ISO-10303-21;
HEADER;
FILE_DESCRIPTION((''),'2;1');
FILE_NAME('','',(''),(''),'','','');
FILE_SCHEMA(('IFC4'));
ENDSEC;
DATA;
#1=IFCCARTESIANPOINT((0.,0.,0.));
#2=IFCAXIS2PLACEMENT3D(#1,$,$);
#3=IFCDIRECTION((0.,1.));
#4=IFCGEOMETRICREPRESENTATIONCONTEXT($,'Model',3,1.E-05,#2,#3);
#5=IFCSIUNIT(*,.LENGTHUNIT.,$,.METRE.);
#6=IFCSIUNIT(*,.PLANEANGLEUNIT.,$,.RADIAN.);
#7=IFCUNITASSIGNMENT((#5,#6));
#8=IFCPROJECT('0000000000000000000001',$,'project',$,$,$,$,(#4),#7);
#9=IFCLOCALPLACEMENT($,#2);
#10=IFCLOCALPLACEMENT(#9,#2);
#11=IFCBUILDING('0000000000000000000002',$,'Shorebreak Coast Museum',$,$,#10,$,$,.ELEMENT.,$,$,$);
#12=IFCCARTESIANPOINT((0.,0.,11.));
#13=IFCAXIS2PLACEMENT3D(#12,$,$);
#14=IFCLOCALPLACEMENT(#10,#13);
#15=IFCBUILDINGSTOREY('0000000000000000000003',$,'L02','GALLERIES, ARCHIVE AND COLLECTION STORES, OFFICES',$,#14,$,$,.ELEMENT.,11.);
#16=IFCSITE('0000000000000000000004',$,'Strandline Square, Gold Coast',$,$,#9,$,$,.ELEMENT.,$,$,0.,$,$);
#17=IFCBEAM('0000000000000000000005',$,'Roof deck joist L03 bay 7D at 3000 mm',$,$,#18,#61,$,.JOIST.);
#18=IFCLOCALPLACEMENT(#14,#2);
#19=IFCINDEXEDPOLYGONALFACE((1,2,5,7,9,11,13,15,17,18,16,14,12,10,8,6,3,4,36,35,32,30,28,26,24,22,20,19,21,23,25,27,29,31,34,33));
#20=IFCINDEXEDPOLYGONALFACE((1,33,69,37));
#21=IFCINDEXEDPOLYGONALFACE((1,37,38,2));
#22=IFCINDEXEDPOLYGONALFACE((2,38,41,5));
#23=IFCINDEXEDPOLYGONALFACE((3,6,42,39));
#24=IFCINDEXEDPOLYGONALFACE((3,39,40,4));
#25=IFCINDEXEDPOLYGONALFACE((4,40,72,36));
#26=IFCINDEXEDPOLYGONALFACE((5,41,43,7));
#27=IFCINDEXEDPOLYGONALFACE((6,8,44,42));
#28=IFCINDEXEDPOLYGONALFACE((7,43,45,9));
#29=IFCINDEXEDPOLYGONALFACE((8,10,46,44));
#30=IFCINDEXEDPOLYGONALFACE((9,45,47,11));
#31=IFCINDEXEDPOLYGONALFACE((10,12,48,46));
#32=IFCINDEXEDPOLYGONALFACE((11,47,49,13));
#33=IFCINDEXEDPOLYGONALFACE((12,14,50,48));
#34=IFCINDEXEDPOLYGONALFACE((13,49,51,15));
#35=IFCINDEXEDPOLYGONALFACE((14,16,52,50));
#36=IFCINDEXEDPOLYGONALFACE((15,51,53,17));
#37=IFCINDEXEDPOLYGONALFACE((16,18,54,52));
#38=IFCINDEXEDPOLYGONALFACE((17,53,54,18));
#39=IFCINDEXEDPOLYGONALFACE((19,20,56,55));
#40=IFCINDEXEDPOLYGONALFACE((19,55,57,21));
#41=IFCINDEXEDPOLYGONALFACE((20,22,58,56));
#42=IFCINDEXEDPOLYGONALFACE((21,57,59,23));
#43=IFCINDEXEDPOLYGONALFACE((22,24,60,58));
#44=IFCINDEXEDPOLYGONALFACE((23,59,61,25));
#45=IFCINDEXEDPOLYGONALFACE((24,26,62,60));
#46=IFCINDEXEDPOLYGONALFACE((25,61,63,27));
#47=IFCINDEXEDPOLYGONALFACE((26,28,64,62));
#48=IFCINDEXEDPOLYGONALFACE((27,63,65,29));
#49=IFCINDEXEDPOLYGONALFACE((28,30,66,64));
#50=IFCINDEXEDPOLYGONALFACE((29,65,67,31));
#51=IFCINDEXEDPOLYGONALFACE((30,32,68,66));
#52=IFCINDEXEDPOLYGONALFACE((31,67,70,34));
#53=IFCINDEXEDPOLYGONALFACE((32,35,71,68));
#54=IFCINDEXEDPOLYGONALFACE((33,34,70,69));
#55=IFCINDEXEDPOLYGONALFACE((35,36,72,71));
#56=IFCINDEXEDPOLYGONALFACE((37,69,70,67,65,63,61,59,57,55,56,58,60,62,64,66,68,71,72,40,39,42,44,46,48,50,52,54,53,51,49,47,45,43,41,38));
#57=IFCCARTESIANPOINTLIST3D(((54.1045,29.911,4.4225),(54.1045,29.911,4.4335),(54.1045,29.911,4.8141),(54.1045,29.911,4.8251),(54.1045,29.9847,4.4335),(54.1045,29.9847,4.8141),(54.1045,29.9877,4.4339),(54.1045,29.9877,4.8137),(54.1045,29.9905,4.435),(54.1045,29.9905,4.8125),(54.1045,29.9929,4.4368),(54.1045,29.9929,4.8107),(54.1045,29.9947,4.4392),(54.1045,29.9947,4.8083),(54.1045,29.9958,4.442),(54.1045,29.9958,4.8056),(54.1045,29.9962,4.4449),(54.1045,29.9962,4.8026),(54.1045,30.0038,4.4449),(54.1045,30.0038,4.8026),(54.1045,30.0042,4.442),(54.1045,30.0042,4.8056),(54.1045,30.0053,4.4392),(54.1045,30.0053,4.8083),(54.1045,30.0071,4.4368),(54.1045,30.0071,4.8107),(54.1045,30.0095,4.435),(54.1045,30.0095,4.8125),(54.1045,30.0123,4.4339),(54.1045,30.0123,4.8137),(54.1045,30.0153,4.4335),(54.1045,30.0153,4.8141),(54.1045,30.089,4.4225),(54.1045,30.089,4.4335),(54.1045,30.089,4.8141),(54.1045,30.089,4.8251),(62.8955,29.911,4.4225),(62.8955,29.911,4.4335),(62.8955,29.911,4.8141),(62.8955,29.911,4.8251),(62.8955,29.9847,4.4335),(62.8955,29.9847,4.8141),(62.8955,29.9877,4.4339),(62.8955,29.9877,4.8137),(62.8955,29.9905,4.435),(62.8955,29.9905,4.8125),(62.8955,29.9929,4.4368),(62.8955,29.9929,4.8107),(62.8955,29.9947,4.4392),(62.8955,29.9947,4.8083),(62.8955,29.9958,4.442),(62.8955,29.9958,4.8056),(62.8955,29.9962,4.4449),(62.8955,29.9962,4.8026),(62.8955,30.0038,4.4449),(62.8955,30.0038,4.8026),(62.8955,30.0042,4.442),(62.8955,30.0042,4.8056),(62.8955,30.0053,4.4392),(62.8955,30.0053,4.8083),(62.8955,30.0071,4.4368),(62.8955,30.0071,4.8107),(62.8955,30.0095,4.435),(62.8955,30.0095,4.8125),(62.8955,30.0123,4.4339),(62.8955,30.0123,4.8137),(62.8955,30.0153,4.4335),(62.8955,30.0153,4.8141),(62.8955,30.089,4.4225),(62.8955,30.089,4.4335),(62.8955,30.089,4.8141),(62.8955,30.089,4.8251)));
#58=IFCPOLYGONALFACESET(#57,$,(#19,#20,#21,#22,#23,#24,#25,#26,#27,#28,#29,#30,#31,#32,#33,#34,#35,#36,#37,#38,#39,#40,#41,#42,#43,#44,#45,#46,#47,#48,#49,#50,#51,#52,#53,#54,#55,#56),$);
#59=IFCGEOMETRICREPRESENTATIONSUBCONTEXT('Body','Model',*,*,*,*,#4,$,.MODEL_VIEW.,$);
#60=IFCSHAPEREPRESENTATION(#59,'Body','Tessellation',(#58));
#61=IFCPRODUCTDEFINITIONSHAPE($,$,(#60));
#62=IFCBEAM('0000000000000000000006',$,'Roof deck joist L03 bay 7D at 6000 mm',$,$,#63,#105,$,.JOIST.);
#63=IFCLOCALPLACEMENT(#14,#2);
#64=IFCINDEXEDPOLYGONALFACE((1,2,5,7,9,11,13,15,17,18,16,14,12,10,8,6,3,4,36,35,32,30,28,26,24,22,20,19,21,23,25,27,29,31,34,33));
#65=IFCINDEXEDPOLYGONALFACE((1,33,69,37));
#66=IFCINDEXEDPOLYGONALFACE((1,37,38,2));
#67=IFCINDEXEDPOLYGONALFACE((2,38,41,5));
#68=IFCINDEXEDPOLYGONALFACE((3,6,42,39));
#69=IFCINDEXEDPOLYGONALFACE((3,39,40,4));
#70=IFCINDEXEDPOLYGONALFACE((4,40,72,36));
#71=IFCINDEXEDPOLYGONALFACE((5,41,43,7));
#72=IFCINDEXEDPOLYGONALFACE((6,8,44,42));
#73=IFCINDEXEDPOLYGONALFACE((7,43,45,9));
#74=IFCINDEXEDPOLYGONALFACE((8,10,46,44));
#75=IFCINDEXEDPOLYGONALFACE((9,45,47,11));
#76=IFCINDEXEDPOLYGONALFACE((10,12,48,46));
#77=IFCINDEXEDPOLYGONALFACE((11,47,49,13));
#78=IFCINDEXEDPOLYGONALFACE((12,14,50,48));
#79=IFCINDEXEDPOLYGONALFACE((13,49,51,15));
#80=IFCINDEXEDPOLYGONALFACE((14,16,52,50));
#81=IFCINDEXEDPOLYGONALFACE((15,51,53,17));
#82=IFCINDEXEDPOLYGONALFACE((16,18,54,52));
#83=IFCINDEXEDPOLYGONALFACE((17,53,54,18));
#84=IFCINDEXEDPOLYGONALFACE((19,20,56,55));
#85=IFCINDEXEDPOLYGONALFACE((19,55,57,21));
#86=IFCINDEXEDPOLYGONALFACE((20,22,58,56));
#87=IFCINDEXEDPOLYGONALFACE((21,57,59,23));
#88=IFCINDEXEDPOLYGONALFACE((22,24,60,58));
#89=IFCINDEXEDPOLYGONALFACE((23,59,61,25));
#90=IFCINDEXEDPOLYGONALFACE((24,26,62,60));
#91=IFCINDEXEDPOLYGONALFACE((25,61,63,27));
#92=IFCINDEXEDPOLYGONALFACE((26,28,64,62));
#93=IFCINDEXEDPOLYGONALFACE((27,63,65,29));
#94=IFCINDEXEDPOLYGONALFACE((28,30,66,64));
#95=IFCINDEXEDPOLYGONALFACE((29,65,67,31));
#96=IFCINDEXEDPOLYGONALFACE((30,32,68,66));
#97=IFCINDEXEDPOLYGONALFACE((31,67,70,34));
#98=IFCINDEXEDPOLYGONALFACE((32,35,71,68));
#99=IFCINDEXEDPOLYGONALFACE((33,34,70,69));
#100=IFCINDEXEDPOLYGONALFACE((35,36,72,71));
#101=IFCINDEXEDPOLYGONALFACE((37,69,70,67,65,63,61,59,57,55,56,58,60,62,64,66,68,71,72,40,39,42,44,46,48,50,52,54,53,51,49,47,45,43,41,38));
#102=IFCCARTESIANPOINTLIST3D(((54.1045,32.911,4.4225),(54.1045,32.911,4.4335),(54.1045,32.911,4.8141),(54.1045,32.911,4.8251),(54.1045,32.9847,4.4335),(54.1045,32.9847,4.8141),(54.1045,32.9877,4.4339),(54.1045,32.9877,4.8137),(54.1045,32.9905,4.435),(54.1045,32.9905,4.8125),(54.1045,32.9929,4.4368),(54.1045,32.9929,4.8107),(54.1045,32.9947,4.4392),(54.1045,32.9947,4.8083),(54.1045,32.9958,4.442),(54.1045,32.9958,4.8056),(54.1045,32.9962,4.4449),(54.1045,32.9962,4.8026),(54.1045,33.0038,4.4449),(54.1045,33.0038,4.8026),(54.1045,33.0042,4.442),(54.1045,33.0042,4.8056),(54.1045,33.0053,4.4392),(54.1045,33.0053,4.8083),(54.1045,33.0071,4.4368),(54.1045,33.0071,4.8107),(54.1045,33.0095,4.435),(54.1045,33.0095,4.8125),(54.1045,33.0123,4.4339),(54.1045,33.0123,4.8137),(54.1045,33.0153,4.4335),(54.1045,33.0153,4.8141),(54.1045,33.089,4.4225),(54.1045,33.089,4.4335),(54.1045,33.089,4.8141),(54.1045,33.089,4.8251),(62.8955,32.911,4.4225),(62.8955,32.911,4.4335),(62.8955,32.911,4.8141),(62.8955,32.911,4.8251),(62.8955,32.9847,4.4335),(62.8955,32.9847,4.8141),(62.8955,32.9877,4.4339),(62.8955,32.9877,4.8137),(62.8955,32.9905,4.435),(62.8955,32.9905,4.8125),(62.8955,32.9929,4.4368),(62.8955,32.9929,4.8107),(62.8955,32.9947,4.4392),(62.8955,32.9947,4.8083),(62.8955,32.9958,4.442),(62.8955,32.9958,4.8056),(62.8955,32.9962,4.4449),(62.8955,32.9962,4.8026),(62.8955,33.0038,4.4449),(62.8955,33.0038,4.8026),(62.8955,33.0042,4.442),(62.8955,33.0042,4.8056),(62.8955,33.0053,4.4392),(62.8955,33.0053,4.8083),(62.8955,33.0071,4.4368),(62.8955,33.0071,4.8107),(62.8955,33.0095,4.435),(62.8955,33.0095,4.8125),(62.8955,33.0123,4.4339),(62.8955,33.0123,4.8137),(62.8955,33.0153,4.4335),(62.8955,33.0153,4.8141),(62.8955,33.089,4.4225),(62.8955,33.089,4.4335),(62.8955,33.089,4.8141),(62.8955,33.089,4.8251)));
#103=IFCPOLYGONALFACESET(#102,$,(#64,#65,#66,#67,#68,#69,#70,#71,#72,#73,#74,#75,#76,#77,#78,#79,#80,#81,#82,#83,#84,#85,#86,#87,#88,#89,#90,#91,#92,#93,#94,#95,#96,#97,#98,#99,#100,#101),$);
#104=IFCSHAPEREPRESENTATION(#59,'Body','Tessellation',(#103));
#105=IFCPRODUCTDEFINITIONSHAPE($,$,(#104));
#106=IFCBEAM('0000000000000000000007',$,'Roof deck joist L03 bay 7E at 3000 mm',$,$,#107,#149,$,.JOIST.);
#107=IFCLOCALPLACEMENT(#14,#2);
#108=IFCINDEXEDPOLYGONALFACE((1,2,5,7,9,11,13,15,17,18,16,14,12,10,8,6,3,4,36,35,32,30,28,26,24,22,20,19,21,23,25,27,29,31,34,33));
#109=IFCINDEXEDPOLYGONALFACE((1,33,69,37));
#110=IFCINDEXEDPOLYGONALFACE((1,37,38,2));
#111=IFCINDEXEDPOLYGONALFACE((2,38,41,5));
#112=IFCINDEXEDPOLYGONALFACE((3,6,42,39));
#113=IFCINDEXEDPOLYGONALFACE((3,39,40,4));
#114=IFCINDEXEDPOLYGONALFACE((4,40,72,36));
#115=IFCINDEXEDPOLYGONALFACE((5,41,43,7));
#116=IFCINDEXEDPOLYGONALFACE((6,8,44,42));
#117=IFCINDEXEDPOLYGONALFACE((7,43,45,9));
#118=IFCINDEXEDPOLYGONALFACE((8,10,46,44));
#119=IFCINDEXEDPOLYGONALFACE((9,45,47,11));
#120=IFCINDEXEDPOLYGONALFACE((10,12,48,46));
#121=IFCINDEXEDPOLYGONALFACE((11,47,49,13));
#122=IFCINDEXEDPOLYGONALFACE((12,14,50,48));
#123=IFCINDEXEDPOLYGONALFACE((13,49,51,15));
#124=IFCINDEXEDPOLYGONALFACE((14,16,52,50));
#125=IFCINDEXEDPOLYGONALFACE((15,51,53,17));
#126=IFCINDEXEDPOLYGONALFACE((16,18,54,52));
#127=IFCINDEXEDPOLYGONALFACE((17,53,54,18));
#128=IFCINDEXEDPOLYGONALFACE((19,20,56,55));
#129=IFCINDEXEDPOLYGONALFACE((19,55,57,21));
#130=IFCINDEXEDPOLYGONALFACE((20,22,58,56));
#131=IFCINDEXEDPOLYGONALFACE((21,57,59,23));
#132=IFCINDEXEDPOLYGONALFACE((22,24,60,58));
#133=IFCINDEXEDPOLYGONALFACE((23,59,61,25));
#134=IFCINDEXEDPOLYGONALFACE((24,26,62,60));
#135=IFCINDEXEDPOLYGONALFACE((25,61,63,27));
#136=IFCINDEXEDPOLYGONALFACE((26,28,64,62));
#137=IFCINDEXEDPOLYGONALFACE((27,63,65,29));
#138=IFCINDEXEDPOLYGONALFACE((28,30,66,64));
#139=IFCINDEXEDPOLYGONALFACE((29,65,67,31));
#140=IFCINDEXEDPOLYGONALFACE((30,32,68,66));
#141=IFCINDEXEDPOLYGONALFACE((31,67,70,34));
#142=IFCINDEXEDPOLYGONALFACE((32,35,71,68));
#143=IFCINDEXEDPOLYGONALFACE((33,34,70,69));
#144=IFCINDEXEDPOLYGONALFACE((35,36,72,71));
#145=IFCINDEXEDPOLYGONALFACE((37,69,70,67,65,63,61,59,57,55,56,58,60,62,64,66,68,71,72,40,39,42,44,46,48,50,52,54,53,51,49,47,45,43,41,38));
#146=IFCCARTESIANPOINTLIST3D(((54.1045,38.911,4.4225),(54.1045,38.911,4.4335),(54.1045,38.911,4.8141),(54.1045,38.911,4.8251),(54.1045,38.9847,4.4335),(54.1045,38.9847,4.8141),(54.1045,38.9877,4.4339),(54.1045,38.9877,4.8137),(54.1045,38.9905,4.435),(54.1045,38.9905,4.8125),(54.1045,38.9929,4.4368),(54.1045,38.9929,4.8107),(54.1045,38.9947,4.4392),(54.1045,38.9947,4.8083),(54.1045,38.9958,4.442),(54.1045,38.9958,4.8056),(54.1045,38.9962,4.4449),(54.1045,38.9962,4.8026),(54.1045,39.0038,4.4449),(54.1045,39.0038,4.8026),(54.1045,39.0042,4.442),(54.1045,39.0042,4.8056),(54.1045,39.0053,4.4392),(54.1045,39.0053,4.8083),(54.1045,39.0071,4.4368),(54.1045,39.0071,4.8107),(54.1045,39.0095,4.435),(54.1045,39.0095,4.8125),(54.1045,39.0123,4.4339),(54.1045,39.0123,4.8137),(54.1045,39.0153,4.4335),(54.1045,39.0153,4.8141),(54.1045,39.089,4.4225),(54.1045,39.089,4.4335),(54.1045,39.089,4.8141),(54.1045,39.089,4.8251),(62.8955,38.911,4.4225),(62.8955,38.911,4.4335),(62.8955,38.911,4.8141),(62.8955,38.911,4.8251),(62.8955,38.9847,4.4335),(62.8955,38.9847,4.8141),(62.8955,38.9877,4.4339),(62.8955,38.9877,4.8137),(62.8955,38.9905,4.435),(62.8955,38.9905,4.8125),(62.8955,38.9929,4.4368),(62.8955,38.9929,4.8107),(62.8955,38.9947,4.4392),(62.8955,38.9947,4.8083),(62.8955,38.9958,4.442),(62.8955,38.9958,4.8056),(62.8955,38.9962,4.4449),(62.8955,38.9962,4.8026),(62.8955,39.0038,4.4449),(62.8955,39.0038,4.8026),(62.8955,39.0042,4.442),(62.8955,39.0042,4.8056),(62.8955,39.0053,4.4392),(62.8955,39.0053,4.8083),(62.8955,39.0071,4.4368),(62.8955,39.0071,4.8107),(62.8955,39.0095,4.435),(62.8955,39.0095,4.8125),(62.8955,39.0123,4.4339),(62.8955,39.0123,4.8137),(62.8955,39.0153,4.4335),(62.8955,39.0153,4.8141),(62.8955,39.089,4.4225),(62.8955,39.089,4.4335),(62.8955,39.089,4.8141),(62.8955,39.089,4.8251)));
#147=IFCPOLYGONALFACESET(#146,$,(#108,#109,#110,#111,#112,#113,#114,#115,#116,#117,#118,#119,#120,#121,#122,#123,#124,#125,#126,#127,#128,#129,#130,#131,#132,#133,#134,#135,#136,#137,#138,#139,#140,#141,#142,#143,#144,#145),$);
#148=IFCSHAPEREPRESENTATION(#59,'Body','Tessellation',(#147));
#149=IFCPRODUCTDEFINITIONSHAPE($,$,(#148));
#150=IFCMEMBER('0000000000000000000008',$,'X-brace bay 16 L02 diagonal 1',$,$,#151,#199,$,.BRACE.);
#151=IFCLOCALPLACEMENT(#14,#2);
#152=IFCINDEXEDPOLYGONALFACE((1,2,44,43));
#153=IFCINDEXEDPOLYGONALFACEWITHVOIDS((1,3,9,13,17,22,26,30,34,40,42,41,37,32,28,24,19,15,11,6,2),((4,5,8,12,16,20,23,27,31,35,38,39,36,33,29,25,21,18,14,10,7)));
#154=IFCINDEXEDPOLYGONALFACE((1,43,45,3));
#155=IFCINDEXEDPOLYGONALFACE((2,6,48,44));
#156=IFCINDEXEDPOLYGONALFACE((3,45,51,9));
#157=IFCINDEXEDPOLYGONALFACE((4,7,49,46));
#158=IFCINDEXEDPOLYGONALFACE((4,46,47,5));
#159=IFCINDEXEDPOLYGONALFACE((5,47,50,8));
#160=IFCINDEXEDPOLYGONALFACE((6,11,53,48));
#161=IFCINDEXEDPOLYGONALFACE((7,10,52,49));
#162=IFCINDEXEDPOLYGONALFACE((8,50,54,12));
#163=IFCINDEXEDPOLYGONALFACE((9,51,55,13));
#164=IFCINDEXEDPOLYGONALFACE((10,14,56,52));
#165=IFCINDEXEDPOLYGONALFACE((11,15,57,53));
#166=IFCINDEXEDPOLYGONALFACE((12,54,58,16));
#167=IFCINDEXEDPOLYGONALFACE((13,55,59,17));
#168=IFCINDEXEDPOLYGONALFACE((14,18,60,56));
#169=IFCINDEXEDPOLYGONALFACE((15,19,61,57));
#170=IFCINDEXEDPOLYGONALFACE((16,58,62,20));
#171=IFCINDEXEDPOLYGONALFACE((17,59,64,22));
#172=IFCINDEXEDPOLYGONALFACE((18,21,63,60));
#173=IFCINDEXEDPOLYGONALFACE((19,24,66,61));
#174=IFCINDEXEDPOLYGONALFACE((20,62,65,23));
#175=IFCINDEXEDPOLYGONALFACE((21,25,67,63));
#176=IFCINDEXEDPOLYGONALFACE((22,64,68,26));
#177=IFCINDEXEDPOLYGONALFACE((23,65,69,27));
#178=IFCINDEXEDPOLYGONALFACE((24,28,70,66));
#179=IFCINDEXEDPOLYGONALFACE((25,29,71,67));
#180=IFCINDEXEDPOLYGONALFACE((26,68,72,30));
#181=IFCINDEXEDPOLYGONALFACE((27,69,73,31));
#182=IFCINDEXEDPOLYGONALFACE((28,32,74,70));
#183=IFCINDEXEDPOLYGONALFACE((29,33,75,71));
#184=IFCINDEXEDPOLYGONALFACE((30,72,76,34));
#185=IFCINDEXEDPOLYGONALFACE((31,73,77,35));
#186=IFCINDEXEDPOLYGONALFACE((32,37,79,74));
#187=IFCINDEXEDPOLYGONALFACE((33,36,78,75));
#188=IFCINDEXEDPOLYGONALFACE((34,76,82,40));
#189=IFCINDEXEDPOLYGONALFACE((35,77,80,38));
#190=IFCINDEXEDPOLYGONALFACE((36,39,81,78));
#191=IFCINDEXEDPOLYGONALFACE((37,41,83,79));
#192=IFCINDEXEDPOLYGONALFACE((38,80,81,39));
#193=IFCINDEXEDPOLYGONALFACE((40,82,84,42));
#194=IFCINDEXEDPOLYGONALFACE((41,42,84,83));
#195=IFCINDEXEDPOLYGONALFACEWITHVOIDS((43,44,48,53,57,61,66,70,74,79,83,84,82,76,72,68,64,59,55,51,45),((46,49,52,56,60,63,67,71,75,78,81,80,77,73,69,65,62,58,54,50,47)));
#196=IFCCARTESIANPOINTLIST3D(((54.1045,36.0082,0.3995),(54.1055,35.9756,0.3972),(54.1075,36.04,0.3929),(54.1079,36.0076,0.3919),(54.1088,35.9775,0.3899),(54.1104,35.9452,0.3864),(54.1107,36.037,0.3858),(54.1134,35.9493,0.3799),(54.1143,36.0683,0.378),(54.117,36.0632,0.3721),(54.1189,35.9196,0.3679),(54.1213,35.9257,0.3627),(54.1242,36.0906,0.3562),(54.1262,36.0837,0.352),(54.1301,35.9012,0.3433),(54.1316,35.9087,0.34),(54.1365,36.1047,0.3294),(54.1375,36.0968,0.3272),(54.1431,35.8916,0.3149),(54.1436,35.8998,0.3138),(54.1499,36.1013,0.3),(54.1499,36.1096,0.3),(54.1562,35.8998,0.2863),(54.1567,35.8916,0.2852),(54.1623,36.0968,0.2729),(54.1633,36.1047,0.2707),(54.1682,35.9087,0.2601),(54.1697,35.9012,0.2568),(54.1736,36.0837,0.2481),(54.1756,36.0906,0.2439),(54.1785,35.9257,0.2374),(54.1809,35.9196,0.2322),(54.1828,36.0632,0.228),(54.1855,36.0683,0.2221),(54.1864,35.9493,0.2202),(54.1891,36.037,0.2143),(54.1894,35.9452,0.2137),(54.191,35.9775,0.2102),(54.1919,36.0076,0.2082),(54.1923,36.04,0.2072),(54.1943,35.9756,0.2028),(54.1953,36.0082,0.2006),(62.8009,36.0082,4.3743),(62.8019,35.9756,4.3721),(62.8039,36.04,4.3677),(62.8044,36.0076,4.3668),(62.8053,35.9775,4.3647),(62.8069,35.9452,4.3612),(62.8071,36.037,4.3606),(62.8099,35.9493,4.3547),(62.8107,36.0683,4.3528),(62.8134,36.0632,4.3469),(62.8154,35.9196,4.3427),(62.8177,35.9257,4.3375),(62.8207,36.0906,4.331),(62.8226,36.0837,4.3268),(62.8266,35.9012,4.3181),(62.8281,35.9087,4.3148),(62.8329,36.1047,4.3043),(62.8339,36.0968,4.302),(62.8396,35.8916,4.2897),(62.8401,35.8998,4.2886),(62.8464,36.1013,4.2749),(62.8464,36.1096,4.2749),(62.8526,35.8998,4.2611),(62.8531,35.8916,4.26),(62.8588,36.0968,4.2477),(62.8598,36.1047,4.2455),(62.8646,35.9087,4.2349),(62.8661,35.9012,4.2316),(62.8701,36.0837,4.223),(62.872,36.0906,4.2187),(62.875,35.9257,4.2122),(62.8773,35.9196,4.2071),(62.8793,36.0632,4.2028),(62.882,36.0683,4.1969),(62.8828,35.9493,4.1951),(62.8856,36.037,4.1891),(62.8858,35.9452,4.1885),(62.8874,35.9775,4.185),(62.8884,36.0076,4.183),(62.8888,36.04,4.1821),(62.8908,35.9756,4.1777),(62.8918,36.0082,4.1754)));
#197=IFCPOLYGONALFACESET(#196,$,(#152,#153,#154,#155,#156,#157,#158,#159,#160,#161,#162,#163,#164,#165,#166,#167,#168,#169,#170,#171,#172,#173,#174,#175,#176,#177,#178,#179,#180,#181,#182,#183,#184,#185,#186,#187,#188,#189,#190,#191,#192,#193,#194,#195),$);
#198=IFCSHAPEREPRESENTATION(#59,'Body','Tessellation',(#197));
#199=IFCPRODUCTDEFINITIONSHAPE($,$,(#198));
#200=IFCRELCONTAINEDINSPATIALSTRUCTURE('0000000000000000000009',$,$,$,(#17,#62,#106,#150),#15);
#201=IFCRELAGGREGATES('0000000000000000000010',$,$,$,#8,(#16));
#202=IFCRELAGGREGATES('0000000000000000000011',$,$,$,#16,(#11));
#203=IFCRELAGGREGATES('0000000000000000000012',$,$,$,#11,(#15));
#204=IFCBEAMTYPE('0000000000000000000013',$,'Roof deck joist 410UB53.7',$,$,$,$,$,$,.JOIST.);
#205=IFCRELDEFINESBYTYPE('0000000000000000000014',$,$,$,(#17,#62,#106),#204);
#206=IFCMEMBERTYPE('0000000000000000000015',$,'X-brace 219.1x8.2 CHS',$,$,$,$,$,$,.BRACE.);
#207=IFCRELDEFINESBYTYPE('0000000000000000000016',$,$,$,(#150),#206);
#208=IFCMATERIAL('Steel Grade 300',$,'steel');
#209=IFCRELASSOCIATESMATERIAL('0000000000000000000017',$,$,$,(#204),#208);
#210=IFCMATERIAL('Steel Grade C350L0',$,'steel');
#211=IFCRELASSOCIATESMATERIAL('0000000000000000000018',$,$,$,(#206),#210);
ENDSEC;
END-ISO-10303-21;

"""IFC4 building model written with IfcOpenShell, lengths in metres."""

from ifc_helpers import new_model, si_unit, direction, frame, origin, origin_2d, place, context, subcontext, project, spatial, hollow_circle, i_section, extrude, material, material_profile, profile_set, type_object, element, save


model = new_model("IFC4")

# Units and contexts
model_context = context("Model", 3, precision=1e-05, world=origin(), true_north=direction((0.0, 1.0)))
body_context = subcontext(model_context, "Body", "Model", "MODEL_VIEW")
ifc_project = project(units=[si_unit("LENGTHUNIT", "METRE"), si_unit("PLANEANGLEUNIT", "RADIAN")], contexts=[model_context])

# Site, building, storey
site_placement = place(None, origin())
site = spatial("IfcSite", under=ifc_project, at=site_placement, Name="Strandline Square, Gold Coast", CompositionType="ELEMENT", RefElevation=0.0)
building_placement = place(site_placement, origin())
building = spatial("IfcBuilding", under=site, at=building_placement, Name="Shorebreak Coast Museum", CompositionType="ELEMENT")
storey_placement = place(building_placement, frame((0.0, 0.0, 11.0)))
storey = spatial("IfcBuildingStorey", under=building, at=storey_placement, Name="L02", Description="GALLERIES, ARCHIVE AND COLLECTION STORES, OFFICES", CompositionType="ELEMENT", Elevation=11.0)

# Beams
ifc_material_1 = material(Name="Steel Grade 300", Category="steel")
ifc_material_profile_1 = material_profile(ifc_material_1, i_section(OverallWidth=0.178, OverallDepth=0.4026, WebThickness=0.0076, FlangeThickness=0.011, FilletRadius=0.0115, at=origin_2d()), Name="410UB53.7")
ifc_profile_set_1 = profile_set([ifc_material_profile_1], Name="Steel Grade 300")
beam_type_1 = type_object("IfcBeamType", Name="Roof deck joist 410UB53.7", PredefinedType="JOIST", material=ifc_profile_set_1)
for number, where, z_axis, x_axis, name in (
    (1, (54.1045, 30.0, 4.6238), (1.0, 0.0, 0.0), (0.0, 1.0, 0.0), "Roof deck joist L03 bay 7D at 3000 mm"),
    (2, (54.1045, 33.0, 4.6238), (1.0, 0.0, 0.0), (0.0, 1.0, 0.0), "Roof deck joist L03 bay 7D at 6000 mm"),
    (3, (54.1045, 39.0, 4.6238), (1.0, 0.0, 0.0), (0.0, 1.0, 0.0), "Roof deck joist L03 bay 7E at 3000 mm"),
):
    element("IfcBeam", number, at=place(storey_placement, frame(where, z_axis=z_axis, x_axis=x_axis)), inside=storey, type_object=beam_type_1, Name=name, PredefinedType="JOIST", context=body_context, shape_type="SweptSolid", body=[
        extrude(i_section(OverallWidth=0.178, OverallDepth=0.4026, WebThickness=0.0076, FlangeThickness=0.011, FilletRadius=0.0115, at=origin_2d()), origin(), (0.0, 0.0, 1.0), 8.791),
    ])

# Member
ifc_material_2 = material(Name="Steel Grade C350L0", Category="steel")
ifc_material_profile_2 = material_profile(ifc_material_2, hollow_circle(Radius=0.1096, WallThickness=0.0083, at=origin_2d()), Name="219.1x8.2 CHS")
ifc_profile_set_2 = profile_set([ifc_material_profile_2], Name="Steel Grade C350L0")
member_type = type_object("IfcMemberType", Name="X-brace 219.1x8.2 CHS", PredefinedType="BRACE", material=ifc_profile_set_2)
member_placement = place(storey_placement, frame((54.1499, 36.0, 0.3), z_axis=(0.909502, 0.0, 0.415699), x_axis=(0.0, 1.0, 0.0)))
element("IfcMember", 4, at=member_placement, inside=storey, type_object=member_type, Name="X-brace bay 16 L02 diagonal 1", PredefinedType="BRACE", context=body_context, shape_type="SweptSolid", body=[
    extrude(hollow_circle(Radius=0.1096, WallThickness=0.0083, at=origin_2d()), origin(), (0.0, 0.0, 1.0), 9.5618),
])

save(model, "model.ifc")
